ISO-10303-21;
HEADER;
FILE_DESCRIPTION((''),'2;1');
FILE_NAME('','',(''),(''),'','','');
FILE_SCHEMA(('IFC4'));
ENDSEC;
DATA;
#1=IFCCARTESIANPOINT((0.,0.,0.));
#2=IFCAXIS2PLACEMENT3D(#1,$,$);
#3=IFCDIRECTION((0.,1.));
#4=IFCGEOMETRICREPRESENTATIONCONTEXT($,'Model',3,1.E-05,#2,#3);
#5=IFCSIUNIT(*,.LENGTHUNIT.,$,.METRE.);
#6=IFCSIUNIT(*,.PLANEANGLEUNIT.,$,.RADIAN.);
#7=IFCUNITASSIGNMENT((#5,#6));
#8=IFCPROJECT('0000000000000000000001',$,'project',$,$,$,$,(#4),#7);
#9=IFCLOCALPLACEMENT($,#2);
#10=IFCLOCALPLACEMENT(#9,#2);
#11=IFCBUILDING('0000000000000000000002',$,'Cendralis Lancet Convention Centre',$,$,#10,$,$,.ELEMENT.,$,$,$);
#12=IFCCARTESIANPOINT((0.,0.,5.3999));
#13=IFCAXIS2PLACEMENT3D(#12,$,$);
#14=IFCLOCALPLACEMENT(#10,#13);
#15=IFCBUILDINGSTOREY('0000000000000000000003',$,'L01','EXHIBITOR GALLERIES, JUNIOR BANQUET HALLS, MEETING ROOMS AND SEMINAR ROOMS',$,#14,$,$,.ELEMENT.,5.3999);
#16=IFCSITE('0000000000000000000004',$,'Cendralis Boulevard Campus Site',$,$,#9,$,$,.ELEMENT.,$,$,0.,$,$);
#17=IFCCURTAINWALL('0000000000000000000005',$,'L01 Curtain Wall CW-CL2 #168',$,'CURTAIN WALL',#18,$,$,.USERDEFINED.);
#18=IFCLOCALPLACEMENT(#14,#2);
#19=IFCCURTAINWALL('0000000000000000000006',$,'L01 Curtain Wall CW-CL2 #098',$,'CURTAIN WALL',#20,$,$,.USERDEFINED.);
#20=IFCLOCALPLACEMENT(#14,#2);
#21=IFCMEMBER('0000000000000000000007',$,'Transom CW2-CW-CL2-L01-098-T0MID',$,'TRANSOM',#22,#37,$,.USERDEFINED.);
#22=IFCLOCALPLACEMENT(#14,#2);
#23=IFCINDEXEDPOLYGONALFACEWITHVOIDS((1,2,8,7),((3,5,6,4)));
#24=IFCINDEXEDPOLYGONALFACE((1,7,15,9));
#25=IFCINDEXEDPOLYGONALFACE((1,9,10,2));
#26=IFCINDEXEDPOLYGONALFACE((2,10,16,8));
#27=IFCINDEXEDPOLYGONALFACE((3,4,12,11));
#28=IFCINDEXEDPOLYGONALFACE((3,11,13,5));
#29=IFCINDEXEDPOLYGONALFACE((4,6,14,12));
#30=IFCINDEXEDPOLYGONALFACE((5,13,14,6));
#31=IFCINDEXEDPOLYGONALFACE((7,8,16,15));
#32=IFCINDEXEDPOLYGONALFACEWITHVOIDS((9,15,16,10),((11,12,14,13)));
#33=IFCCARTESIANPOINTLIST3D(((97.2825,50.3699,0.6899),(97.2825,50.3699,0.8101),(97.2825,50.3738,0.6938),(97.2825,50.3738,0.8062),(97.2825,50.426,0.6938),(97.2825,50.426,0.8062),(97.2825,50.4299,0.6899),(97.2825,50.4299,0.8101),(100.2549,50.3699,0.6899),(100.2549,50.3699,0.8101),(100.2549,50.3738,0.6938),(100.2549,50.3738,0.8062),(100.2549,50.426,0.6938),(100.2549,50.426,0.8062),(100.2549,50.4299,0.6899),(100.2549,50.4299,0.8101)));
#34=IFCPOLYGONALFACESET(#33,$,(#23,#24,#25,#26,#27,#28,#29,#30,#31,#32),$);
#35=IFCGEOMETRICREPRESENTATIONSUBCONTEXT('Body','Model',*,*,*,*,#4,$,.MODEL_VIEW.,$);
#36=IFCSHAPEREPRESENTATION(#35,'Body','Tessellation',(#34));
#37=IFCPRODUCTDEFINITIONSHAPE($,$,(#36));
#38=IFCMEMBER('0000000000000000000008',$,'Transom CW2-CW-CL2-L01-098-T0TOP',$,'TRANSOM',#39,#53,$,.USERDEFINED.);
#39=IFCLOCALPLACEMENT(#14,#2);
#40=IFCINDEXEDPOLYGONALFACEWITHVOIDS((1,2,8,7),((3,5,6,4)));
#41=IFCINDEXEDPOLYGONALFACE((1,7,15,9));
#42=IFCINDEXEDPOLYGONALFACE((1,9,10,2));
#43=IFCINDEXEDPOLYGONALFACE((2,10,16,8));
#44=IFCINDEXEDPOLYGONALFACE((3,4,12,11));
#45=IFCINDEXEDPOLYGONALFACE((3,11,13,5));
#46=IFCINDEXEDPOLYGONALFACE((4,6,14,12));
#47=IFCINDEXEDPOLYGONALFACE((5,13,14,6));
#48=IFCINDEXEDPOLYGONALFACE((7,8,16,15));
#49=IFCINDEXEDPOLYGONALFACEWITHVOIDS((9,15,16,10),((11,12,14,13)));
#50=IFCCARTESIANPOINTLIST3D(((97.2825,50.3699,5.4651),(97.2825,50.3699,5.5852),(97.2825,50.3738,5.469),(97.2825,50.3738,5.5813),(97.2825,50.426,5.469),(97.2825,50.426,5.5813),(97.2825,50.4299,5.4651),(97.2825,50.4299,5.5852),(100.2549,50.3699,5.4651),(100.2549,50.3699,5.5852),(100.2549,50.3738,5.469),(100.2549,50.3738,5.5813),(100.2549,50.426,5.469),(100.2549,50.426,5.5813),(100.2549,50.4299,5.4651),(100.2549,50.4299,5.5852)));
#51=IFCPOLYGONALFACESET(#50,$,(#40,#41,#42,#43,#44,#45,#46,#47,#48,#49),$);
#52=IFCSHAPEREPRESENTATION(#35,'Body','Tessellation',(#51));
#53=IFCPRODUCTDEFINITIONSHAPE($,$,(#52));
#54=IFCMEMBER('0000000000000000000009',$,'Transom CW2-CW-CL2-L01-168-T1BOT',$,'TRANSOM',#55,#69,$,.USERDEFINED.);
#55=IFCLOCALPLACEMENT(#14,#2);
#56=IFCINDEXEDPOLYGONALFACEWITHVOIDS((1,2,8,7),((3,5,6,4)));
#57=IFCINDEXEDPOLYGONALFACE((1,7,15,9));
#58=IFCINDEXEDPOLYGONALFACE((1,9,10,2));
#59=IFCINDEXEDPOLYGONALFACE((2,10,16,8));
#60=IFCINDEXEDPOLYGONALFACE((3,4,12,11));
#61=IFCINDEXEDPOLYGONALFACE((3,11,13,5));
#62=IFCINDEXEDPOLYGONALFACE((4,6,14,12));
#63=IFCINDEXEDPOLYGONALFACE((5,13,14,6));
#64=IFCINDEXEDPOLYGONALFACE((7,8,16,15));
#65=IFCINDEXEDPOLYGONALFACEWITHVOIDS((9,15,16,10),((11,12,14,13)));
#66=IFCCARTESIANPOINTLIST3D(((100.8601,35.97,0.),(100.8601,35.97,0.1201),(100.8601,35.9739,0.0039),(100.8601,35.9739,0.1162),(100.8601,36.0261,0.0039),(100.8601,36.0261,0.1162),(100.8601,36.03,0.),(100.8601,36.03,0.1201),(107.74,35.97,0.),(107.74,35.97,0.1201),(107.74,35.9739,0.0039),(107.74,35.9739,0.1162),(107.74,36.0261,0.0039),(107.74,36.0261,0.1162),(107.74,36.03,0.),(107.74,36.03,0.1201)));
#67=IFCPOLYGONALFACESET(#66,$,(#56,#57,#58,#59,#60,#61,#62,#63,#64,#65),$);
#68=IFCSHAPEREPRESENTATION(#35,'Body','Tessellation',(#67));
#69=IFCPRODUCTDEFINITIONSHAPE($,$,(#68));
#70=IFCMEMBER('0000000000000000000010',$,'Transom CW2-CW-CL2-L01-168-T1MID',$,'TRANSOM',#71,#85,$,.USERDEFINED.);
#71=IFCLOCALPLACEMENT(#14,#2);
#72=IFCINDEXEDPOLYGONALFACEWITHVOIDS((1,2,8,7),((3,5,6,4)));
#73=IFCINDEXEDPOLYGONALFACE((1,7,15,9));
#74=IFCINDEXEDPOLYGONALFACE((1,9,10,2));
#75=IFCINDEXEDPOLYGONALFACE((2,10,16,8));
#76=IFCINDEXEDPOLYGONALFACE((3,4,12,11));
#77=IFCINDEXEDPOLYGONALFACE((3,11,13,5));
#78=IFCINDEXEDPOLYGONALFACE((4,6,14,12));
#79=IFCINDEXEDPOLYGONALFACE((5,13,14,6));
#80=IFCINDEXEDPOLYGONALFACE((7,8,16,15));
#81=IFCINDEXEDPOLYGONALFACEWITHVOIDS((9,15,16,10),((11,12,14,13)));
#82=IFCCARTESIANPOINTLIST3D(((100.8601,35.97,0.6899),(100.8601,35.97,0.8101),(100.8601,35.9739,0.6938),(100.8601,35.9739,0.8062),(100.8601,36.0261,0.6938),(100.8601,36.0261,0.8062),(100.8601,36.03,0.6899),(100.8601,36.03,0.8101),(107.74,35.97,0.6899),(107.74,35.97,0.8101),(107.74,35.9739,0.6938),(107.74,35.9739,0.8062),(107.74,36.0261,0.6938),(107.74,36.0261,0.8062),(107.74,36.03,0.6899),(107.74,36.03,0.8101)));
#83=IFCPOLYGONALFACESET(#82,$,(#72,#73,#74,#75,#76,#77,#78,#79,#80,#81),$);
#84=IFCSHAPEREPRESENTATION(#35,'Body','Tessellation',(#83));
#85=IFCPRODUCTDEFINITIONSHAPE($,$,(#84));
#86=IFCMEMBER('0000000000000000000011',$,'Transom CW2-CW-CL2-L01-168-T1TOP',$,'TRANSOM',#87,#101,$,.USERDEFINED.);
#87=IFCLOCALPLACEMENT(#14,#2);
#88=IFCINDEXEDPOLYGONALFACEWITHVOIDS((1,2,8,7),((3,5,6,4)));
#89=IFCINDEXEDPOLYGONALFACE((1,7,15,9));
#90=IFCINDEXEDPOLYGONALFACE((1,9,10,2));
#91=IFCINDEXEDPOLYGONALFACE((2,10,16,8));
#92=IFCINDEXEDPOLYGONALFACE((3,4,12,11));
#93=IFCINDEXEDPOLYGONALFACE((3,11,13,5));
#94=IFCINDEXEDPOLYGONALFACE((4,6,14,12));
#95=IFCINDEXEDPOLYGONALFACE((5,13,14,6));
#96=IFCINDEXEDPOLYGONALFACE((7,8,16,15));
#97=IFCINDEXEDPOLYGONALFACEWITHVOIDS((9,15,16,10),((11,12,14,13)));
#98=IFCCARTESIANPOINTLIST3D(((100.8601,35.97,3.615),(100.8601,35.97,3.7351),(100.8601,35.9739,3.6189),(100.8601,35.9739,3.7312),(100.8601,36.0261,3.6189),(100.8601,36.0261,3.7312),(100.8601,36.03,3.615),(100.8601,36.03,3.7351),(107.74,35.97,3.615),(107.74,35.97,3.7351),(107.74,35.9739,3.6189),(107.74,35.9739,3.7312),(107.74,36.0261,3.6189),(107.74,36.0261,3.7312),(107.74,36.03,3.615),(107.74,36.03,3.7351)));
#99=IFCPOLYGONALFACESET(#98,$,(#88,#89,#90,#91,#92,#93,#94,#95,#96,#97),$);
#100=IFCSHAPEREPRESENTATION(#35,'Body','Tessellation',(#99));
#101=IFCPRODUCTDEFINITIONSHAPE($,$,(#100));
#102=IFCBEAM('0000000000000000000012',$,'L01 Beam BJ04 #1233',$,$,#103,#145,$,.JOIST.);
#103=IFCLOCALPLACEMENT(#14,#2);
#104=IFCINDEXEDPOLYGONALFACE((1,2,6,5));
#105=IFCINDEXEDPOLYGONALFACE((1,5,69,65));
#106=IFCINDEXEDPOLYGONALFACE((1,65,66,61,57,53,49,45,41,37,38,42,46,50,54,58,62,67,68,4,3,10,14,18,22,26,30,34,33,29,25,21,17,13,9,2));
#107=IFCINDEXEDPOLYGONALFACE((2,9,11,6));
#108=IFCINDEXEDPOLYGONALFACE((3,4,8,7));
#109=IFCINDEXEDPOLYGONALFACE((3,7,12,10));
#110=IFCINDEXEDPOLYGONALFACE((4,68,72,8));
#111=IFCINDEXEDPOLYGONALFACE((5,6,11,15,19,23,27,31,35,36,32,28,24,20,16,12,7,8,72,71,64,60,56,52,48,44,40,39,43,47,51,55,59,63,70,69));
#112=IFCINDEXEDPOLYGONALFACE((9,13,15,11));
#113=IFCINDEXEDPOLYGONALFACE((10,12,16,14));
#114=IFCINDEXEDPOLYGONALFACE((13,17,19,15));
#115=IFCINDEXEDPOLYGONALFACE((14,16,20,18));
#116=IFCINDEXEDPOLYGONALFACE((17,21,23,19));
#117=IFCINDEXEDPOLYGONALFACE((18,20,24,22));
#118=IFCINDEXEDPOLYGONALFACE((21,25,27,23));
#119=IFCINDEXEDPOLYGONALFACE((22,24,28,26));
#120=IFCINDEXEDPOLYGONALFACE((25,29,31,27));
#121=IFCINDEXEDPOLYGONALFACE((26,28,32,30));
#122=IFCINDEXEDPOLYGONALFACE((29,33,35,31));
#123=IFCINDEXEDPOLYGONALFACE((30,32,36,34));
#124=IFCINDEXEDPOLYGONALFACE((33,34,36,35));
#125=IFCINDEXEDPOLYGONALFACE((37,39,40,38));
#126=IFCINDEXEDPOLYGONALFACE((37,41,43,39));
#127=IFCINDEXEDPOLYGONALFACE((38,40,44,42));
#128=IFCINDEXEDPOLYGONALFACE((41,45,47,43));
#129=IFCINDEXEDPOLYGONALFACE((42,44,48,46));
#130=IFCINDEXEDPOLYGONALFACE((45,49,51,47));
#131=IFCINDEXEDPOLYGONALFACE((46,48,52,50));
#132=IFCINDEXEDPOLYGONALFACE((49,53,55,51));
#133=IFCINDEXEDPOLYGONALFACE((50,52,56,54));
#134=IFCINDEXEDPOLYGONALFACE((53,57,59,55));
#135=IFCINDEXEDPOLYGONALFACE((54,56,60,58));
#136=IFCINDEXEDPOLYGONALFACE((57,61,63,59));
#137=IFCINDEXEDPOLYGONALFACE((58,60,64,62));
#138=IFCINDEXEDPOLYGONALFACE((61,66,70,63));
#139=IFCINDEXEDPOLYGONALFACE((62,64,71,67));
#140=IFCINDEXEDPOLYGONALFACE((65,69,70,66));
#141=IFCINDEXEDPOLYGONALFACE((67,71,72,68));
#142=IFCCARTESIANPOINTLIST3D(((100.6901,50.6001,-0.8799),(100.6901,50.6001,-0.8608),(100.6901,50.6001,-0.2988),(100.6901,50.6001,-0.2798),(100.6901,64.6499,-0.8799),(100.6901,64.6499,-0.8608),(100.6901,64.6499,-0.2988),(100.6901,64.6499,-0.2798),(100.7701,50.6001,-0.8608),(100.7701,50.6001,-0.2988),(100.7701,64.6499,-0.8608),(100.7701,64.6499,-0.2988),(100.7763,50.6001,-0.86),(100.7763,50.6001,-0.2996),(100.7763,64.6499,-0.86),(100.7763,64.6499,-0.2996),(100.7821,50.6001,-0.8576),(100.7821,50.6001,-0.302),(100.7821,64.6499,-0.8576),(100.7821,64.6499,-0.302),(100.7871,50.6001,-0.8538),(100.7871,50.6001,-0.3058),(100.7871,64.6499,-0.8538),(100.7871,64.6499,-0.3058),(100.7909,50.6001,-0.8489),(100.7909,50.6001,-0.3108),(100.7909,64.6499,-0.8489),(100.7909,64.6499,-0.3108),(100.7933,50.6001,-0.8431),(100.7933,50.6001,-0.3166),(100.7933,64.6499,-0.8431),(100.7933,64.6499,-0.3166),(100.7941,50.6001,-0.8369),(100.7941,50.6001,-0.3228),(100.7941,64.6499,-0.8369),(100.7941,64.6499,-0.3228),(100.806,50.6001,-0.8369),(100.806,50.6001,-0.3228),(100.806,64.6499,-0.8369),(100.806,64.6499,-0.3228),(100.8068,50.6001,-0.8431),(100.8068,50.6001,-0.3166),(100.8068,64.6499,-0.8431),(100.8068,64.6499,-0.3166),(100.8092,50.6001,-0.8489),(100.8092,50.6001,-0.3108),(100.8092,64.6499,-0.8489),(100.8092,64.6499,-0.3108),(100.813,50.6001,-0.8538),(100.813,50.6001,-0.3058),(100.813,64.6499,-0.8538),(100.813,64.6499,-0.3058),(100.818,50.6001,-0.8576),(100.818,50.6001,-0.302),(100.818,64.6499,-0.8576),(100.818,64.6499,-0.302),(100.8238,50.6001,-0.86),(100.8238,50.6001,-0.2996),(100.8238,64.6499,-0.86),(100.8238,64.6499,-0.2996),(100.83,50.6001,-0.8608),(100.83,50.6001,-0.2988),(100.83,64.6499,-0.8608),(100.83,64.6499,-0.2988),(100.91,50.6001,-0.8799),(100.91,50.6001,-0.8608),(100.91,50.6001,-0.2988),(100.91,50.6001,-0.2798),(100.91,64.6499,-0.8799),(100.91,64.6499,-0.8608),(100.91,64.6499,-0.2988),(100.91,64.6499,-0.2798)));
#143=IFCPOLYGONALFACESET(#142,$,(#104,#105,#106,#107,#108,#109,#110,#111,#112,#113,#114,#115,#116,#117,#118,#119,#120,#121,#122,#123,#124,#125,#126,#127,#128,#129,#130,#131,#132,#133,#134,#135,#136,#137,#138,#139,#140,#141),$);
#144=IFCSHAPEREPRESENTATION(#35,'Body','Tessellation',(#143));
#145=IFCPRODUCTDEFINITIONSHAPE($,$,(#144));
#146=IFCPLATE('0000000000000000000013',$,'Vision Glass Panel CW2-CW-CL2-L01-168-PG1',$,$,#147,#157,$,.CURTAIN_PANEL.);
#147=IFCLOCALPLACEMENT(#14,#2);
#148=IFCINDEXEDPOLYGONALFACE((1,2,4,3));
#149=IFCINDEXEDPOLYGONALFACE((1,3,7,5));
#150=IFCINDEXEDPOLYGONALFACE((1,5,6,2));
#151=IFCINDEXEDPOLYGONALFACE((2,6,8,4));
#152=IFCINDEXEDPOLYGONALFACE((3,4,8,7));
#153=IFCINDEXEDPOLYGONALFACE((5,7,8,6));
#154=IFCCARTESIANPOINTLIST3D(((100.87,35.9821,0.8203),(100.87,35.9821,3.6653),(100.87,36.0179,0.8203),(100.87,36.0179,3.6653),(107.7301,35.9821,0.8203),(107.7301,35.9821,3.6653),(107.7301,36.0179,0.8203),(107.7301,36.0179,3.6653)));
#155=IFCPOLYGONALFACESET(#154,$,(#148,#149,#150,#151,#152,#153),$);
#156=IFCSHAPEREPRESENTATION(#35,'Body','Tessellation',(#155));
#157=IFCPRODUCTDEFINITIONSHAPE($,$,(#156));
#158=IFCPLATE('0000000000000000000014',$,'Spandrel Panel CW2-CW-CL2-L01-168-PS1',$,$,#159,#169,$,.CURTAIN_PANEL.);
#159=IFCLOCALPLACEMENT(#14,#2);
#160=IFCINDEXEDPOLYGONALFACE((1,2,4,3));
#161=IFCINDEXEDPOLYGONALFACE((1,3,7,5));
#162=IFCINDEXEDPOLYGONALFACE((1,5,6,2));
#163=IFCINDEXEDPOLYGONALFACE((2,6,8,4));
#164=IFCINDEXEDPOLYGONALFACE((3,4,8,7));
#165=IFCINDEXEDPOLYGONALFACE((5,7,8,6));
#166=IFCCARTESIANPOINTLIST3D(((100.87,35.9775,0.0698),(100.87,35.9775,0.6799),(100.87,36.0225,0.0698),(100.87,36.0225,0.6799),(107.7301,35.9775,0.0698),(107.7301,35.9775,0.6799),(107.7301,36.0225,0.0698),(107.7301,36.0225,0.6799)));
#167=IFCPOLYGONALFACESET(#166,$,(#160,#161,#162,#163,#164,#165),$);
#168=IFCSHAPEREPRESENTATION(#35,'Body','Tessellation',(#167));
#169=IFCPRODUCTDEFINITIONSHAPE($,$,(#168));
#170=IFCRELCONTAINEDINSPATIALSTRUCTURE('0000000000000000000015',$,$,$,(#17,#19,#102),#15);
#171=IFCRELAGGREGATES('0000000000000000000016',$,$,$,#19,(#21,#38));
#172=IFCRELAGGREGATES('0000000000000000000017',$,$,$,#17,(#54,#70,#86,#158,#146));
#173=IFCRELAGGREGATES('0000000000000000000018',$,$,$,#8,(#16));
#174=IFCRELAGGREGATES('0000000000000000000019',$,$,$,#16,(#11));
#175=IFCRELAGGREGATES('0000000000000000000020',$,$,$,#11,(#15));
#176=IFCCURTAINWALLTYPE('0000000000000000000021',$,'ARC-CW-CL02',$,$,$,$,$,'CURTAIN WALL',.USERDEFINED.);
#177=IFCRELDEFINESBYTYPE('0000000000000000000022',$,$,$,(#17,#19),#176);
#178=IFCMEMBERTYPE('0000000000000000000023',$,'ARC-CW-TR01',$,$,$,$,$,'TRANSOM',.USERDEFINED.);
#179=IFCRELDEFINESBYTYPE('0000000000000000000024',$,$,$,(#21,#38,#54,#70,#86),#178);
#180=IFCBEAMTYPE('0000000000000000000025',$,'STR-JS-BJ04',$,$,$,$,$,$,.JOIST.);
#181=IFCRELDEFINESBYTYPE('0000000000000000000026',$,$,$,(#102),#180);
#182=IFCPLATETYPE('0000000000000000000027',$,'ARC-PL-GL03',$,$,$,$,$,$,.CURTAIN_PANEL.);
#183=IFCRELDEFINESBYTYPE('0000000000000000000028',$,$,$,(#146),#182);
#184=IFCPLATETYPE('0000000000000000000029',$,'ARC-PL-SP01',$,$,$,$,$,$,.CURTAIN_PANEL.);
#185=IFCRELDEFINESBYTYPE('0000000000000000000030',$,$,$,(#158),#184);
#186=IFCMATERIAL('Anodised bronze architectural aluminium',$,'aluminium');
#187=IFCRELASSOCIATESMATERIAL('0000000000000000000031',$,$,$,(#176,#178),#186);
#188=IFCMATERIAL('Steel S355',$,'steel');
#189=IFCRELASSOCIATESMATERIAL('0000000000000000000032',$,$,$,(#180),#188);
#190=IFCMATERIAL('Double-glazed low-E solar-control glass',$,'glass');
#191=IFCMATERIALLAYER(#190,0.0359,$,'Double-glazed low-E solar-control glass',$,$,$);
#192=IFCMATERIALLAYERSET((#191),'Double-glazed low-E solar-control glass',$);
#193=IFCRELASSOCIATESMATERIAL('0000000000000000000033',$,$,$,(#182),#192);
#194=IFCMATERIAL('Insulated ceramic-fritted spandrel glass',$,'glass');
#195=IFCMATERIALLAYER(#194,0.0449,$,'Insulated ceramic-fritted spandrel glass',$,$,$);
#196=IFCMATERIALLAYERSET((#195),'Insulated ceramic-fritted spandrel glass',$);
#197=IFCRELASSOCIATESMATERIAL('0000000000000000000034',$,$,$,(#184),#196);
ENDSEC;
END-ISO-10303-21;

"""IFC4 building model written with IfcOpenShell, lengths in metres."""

from ifc_helpers import new_model, si_unit, direction, frame, origin, origin_2d, place, context, subcontext, project, spatial, rectangle, hollow_rectangle, i_section, extrude, material, layer, layer_set, material_profile, profile_set, type_object, element, aggregate, save


model = new_model("IFC4")

# Units and contexts
model_context = context("Model", 3, precision=1e-05, world=origin(), true_north=direction((0.0, 1.0)))
body_context = subcontext(model_context, "Body", "Model", "MODEL_VIEW")
ifc_project = project(units=[si_unit("LENGTHUNIT", "METRE"), si_unit("PLANEANGLEUNIT", "RADIAN")], contexts=[model_context])

# Site, building, storey
site_placement = place(None, origin())
site = spatial("IfcSite", under=ifc_project, at=site_placement, Name="Cendralis Boulevard Campus Site", CompositionType="ELEMENT", RefElevation=0.0)
building_placement = place(site_placement, origin())
building = spatial("IfcBuilding", under=site, at=building_placement, Name="Cendralis Lancet Convention Centre", CompositionType="ELEMENT")
storey_placement = place(building_placement, frame((0.0, 0.0, 5.3999)))
storey = spatial("IfcBuildingStorey", under=building, at=storey_placement, Name="L01", Description="EXHIBITOR GALLERIES, JUNIOR BANQUET HALLS, MEETING ROOMS AND SEMINAR ROOMS", CompositionType="ELEMENT", Elevation=5.3999)

# Shared definitions
ifc_material_1 = material(Name="Steel S355", Category="steel")

# Curtain walls, members
ifc_material_2 = material(Name="Anodised bronze architectural aluminium", Category="aluminium")
curtain_wall_type = type_object("IfcCurtainWallType", Name="ARC-CW-CL02", ElementType="CURTAIN WALL", PredefinedType="USERDEFINED", material=ifc_material_2)
curtain_wall_1_placement = place(storey_placement, origin())
curtain_wall_1 = element("IfcCurtainWall", 1, at=curtain_wall_1_placement, inside=storey, type_object=curtain_wall_type, Name="L01 Curtain Wall CW-CL2 #168", ObjectType="CURTAIN WALL", PredefinedType="USERDEFINED")
curtain_wall_2_placement = place(storey_placement, origin())
curtain_wall_2 = element("IfcCurtainWall", 2, at=curtain_wall_2_placement, inside=storey, type_object=curtain_wall_type, Name="L01 Curtain Wall CW-CL2 #098", ObjectType="CURTAIN WALL", PredefinedType="USERDEFINED")
ifc_material_profile_1 = material_profile(ifc_material_2, hollow_rectangle(XDim=0.0601, YDim=0.1201, WallThickness=0.0039, at=origin_2d()), Name="AL-TRAN 60x120x4.0")
ifc_profile_set_1 = profile_set([ifc_material_profile_1], Name="Anodised bronze architectural aluminium")
member_type_1 = type_object("IfcMemberType", Name="ARC-CW-TR01", ElementType="TRANSOM", PredefinedType="USERDEFINED", material=ifc_profile_set_1)
member_1_placement = place(storey_placement, frame((100.2549, 50.3999, 0.75), z_axis=(-1.0, 0.0, 0.0), x_axis=(0.0, -1.0, 0.0)))
member_1 = element("IfcMember", 3, at=member_1_placement, type_object=member_type_1, Name="Transom CW2-CW-CL2-L01-098-T0MID", ObjectType="TRANSOM", PredefinedType="USERDEFINED", context=body_context, shape_type="SweptSolid", body=[
    extrude(hollow_rectangle(XDim=0.0601, YDim=0.1201, WallThickness=0.0039, at=origin_2d()), origin(), (0.0, 0.0, 1.0), 2.9724),
])
member_2_placement = place(storey_placement, frame((100.2549, 50.3999, 5.5251), z_axis=(-1.0, 0.0, 0.0), x_axis=(0.0, -1.0, 0.0)))
member_2 = element("IfcMember", 4, at=member_2_placement, type_object=member_type_1, Name="Transom CW2-CW-CL2-L01-098-T0TOP", ObjectType="TRANSOM", PredefinedType="USERDEFINED", context=body_context, shape_type="SweptSolid", body=[
    extrude(hollow_rectangle(XDim=0.0601, YDim=0.1201, WallThickness=0.0039, at=origin_2d()), origin(), (0.0, 0.0, 1.0), 2.9724),
])
aggregate(curtain_wall_2, [member_1, member_2])

# Members
member_3_placement = place(storey_placement, frame((100.8601, 36.0, 0.0601), z_axis=(1.0, 0.0, 0.0), x_axis=(0.0, 1.0, 0.0)))
member_3 = element("IfcMember", 5, at=member_3_placement, type_object=member_type_1, Name="Transom CW2-CW-CL2-L01-168-T1BOT", ObjectType="TRANSOM", PredefinedType="USERDEFINED", context=body_context, shape_type="SweptSolid", body=[
    extrude(hollow_rectangle(XDim=0.0601, YDim=0.1201, WallThickness=0.0039, at=origin_2d()), origin(), (0.0, 0.0, 1.0), 6.8799),
])
member_4_placement = place(storey_placement, frame((100.8601, 36.0, 0.75), z_axis=(1.0, 0.0, 0.0), x_axis=(0.0, 1.0, 0.0)))
member_4 = element("IfcMember", 6, at=member_4_placement, type_object=member_type_1, Name="Transom CW2-CW-CL2-L01-168-T1MID", ObjectType="TRANSOM", PredefinedType="USERDEFINED", context=body_context, shape_type="SweptSolid", body=[
    extrude(hollow_rectangle(XDim=0.0601, YDim=0.1201, WallThickness=0.0039, at=origin_2d()), origin(), (0.0, 0.0, 1.0), 6.8799),
])
member_5_placement = place(storey_placement, frame((100.8601, 36.0, 3.675), z_axis=(1.0, 0.0, 0.0), x_axis=(0.0, 1.0, 0.0)))
member_5 = element("IfcMember", 7, at=member_5_placement, type_object=member_type_1, Name="Transom CW2-CW-CL2-L01-168-T1TOP", ObjectType="TRANSOM", PredefinedType="USERDEFINED", context=body_context, shape_type="SweptSolid", body=[
    extrude(hollow_rectangle(XDim=0.0601, YDim=0.1201, WallThickness=0.0039, at=origin_2d()), origin(), (0.0, 0.0, 1.0), 6.8799),
])

# Beam
ifc_material_profile_2 = material_profile(ifc_material_1, i_section(OverallWidth=0.22, OverallDepth=0.6001, WebThickness=0.012, FlangeThickness=0.019, FilletRadius=0.0239, at=origin_2d()), Name="IPE 600")
ifc_profile_set_2 = profile_set([ifc_material_profile_2], Name="Steel S355")
beam_type = type_object("IfcBeamType", Name="STR-JS-BJ04", PredefinedType="JOIST", material=ifc_profile_set_2)
beam_placement = place(storey_placement, frame((100.8, 50.6001, -0.5798), z_axis=(0.0, 1.0, 0.0), x_axis=(-1.0, 0.0, 0.0)))
element("IfcBeam", 8, at=beam_placement, inside=storey, type_object=beam_type, Name="L01 Beam BJ04 #1233", PredefinedType="JOIST", context=body_context, shape_type="SweptSolid", body=[
    extrude(i_section(OverallWidth=0.22, OverallDepth=0.6001, WebThickness=0.012, FlangeThickness=0.019, FilletRadius=0.0239, at=origin_2d()), origin(), (0.0, 0.0, 1.0), 14.0498),
])

# Plates
ifc_material_3 = material(Name="Double-glazed low-E solar-control glass", Category="glass")
ifc_layer_1 = layer(ifc_material_3, 0.0359, Name="Double-glazed low-E solar-control glass")
ifc_layer_set_1 = layer_set([ifc_layer_1], Name="Double-glazed low-E solar-control glass")
plate_type_1 = type_object("IfcPlateType", Name="ARC-PL-GL03", PredefinedType="CURTAIN_PANEL", material=ifc_layer_set_1)
plate_1_placement = place(storey_placement, frame((104.3, 36.0, 0.8203), z_axis=(0.0, 0.0, 1.0), x_axis=(1.0, 0.0, 0.0)))
plate_1 = element("IfcPlate", 9, at=plate_1_placement, type_object=plate_type_1, Name="Vision Glass Panel CW2-CW-CL2-L01-168-PG1", PredefinedType="CURTAIN_PANEL", context=body_context, shape_type="SweptSolid", body=[
    extrude(rectangle(XDim=6.8601, YDim=0.0359, at=origin_2d()), origin(), (0.0, 0.0, 1.0), 2.845),
])
ifc_material_4 = material(Name="Insulated ceramic-fritted spandrel glass", Category="glass")
ifc_layer_2 = layer(ifc_material_4, 0.0449, Name="Insulated ceramic-fritted spandrel glass")
ifc_layer_set_2 = layer_set([ifc_layer_2], Name="Insulated ceramic-fritted spandrel glass")
plate_type_2 = type_object("IfcPlateType", Name="ARC-PL-SP01", PredefinedType="CURTAIN_PANEL", material=ifc_layer_set_2)
plate_2_placement = place(storey_placement, frame((104.3, 36.0, 0.0698), z_axis=(0.0, 0.0, 1.0), x_axis=(1.0, 0.0, 0.0)))
plate_2 = element("IfcPlate", 10, at=plate_2_placement, type_object=plate_type_2, Name="Spandrel Panel CW2-CW-CL2-L01-168-PS1", PredefinedType="CURTAIN_PANEL", context=body_context, shape_type="SweptSolid", body=[
    extrude(rectangle(XDim=6.8601, YDim=0.0449, at=origin_2d()), origin(), (0.0, 0.0, 1.0), 0.6101),
])
aggregate(curtain_wall_1, [member_3, member_4, member_5, plate_2, plate_1])

save(model, "model.ifc")
